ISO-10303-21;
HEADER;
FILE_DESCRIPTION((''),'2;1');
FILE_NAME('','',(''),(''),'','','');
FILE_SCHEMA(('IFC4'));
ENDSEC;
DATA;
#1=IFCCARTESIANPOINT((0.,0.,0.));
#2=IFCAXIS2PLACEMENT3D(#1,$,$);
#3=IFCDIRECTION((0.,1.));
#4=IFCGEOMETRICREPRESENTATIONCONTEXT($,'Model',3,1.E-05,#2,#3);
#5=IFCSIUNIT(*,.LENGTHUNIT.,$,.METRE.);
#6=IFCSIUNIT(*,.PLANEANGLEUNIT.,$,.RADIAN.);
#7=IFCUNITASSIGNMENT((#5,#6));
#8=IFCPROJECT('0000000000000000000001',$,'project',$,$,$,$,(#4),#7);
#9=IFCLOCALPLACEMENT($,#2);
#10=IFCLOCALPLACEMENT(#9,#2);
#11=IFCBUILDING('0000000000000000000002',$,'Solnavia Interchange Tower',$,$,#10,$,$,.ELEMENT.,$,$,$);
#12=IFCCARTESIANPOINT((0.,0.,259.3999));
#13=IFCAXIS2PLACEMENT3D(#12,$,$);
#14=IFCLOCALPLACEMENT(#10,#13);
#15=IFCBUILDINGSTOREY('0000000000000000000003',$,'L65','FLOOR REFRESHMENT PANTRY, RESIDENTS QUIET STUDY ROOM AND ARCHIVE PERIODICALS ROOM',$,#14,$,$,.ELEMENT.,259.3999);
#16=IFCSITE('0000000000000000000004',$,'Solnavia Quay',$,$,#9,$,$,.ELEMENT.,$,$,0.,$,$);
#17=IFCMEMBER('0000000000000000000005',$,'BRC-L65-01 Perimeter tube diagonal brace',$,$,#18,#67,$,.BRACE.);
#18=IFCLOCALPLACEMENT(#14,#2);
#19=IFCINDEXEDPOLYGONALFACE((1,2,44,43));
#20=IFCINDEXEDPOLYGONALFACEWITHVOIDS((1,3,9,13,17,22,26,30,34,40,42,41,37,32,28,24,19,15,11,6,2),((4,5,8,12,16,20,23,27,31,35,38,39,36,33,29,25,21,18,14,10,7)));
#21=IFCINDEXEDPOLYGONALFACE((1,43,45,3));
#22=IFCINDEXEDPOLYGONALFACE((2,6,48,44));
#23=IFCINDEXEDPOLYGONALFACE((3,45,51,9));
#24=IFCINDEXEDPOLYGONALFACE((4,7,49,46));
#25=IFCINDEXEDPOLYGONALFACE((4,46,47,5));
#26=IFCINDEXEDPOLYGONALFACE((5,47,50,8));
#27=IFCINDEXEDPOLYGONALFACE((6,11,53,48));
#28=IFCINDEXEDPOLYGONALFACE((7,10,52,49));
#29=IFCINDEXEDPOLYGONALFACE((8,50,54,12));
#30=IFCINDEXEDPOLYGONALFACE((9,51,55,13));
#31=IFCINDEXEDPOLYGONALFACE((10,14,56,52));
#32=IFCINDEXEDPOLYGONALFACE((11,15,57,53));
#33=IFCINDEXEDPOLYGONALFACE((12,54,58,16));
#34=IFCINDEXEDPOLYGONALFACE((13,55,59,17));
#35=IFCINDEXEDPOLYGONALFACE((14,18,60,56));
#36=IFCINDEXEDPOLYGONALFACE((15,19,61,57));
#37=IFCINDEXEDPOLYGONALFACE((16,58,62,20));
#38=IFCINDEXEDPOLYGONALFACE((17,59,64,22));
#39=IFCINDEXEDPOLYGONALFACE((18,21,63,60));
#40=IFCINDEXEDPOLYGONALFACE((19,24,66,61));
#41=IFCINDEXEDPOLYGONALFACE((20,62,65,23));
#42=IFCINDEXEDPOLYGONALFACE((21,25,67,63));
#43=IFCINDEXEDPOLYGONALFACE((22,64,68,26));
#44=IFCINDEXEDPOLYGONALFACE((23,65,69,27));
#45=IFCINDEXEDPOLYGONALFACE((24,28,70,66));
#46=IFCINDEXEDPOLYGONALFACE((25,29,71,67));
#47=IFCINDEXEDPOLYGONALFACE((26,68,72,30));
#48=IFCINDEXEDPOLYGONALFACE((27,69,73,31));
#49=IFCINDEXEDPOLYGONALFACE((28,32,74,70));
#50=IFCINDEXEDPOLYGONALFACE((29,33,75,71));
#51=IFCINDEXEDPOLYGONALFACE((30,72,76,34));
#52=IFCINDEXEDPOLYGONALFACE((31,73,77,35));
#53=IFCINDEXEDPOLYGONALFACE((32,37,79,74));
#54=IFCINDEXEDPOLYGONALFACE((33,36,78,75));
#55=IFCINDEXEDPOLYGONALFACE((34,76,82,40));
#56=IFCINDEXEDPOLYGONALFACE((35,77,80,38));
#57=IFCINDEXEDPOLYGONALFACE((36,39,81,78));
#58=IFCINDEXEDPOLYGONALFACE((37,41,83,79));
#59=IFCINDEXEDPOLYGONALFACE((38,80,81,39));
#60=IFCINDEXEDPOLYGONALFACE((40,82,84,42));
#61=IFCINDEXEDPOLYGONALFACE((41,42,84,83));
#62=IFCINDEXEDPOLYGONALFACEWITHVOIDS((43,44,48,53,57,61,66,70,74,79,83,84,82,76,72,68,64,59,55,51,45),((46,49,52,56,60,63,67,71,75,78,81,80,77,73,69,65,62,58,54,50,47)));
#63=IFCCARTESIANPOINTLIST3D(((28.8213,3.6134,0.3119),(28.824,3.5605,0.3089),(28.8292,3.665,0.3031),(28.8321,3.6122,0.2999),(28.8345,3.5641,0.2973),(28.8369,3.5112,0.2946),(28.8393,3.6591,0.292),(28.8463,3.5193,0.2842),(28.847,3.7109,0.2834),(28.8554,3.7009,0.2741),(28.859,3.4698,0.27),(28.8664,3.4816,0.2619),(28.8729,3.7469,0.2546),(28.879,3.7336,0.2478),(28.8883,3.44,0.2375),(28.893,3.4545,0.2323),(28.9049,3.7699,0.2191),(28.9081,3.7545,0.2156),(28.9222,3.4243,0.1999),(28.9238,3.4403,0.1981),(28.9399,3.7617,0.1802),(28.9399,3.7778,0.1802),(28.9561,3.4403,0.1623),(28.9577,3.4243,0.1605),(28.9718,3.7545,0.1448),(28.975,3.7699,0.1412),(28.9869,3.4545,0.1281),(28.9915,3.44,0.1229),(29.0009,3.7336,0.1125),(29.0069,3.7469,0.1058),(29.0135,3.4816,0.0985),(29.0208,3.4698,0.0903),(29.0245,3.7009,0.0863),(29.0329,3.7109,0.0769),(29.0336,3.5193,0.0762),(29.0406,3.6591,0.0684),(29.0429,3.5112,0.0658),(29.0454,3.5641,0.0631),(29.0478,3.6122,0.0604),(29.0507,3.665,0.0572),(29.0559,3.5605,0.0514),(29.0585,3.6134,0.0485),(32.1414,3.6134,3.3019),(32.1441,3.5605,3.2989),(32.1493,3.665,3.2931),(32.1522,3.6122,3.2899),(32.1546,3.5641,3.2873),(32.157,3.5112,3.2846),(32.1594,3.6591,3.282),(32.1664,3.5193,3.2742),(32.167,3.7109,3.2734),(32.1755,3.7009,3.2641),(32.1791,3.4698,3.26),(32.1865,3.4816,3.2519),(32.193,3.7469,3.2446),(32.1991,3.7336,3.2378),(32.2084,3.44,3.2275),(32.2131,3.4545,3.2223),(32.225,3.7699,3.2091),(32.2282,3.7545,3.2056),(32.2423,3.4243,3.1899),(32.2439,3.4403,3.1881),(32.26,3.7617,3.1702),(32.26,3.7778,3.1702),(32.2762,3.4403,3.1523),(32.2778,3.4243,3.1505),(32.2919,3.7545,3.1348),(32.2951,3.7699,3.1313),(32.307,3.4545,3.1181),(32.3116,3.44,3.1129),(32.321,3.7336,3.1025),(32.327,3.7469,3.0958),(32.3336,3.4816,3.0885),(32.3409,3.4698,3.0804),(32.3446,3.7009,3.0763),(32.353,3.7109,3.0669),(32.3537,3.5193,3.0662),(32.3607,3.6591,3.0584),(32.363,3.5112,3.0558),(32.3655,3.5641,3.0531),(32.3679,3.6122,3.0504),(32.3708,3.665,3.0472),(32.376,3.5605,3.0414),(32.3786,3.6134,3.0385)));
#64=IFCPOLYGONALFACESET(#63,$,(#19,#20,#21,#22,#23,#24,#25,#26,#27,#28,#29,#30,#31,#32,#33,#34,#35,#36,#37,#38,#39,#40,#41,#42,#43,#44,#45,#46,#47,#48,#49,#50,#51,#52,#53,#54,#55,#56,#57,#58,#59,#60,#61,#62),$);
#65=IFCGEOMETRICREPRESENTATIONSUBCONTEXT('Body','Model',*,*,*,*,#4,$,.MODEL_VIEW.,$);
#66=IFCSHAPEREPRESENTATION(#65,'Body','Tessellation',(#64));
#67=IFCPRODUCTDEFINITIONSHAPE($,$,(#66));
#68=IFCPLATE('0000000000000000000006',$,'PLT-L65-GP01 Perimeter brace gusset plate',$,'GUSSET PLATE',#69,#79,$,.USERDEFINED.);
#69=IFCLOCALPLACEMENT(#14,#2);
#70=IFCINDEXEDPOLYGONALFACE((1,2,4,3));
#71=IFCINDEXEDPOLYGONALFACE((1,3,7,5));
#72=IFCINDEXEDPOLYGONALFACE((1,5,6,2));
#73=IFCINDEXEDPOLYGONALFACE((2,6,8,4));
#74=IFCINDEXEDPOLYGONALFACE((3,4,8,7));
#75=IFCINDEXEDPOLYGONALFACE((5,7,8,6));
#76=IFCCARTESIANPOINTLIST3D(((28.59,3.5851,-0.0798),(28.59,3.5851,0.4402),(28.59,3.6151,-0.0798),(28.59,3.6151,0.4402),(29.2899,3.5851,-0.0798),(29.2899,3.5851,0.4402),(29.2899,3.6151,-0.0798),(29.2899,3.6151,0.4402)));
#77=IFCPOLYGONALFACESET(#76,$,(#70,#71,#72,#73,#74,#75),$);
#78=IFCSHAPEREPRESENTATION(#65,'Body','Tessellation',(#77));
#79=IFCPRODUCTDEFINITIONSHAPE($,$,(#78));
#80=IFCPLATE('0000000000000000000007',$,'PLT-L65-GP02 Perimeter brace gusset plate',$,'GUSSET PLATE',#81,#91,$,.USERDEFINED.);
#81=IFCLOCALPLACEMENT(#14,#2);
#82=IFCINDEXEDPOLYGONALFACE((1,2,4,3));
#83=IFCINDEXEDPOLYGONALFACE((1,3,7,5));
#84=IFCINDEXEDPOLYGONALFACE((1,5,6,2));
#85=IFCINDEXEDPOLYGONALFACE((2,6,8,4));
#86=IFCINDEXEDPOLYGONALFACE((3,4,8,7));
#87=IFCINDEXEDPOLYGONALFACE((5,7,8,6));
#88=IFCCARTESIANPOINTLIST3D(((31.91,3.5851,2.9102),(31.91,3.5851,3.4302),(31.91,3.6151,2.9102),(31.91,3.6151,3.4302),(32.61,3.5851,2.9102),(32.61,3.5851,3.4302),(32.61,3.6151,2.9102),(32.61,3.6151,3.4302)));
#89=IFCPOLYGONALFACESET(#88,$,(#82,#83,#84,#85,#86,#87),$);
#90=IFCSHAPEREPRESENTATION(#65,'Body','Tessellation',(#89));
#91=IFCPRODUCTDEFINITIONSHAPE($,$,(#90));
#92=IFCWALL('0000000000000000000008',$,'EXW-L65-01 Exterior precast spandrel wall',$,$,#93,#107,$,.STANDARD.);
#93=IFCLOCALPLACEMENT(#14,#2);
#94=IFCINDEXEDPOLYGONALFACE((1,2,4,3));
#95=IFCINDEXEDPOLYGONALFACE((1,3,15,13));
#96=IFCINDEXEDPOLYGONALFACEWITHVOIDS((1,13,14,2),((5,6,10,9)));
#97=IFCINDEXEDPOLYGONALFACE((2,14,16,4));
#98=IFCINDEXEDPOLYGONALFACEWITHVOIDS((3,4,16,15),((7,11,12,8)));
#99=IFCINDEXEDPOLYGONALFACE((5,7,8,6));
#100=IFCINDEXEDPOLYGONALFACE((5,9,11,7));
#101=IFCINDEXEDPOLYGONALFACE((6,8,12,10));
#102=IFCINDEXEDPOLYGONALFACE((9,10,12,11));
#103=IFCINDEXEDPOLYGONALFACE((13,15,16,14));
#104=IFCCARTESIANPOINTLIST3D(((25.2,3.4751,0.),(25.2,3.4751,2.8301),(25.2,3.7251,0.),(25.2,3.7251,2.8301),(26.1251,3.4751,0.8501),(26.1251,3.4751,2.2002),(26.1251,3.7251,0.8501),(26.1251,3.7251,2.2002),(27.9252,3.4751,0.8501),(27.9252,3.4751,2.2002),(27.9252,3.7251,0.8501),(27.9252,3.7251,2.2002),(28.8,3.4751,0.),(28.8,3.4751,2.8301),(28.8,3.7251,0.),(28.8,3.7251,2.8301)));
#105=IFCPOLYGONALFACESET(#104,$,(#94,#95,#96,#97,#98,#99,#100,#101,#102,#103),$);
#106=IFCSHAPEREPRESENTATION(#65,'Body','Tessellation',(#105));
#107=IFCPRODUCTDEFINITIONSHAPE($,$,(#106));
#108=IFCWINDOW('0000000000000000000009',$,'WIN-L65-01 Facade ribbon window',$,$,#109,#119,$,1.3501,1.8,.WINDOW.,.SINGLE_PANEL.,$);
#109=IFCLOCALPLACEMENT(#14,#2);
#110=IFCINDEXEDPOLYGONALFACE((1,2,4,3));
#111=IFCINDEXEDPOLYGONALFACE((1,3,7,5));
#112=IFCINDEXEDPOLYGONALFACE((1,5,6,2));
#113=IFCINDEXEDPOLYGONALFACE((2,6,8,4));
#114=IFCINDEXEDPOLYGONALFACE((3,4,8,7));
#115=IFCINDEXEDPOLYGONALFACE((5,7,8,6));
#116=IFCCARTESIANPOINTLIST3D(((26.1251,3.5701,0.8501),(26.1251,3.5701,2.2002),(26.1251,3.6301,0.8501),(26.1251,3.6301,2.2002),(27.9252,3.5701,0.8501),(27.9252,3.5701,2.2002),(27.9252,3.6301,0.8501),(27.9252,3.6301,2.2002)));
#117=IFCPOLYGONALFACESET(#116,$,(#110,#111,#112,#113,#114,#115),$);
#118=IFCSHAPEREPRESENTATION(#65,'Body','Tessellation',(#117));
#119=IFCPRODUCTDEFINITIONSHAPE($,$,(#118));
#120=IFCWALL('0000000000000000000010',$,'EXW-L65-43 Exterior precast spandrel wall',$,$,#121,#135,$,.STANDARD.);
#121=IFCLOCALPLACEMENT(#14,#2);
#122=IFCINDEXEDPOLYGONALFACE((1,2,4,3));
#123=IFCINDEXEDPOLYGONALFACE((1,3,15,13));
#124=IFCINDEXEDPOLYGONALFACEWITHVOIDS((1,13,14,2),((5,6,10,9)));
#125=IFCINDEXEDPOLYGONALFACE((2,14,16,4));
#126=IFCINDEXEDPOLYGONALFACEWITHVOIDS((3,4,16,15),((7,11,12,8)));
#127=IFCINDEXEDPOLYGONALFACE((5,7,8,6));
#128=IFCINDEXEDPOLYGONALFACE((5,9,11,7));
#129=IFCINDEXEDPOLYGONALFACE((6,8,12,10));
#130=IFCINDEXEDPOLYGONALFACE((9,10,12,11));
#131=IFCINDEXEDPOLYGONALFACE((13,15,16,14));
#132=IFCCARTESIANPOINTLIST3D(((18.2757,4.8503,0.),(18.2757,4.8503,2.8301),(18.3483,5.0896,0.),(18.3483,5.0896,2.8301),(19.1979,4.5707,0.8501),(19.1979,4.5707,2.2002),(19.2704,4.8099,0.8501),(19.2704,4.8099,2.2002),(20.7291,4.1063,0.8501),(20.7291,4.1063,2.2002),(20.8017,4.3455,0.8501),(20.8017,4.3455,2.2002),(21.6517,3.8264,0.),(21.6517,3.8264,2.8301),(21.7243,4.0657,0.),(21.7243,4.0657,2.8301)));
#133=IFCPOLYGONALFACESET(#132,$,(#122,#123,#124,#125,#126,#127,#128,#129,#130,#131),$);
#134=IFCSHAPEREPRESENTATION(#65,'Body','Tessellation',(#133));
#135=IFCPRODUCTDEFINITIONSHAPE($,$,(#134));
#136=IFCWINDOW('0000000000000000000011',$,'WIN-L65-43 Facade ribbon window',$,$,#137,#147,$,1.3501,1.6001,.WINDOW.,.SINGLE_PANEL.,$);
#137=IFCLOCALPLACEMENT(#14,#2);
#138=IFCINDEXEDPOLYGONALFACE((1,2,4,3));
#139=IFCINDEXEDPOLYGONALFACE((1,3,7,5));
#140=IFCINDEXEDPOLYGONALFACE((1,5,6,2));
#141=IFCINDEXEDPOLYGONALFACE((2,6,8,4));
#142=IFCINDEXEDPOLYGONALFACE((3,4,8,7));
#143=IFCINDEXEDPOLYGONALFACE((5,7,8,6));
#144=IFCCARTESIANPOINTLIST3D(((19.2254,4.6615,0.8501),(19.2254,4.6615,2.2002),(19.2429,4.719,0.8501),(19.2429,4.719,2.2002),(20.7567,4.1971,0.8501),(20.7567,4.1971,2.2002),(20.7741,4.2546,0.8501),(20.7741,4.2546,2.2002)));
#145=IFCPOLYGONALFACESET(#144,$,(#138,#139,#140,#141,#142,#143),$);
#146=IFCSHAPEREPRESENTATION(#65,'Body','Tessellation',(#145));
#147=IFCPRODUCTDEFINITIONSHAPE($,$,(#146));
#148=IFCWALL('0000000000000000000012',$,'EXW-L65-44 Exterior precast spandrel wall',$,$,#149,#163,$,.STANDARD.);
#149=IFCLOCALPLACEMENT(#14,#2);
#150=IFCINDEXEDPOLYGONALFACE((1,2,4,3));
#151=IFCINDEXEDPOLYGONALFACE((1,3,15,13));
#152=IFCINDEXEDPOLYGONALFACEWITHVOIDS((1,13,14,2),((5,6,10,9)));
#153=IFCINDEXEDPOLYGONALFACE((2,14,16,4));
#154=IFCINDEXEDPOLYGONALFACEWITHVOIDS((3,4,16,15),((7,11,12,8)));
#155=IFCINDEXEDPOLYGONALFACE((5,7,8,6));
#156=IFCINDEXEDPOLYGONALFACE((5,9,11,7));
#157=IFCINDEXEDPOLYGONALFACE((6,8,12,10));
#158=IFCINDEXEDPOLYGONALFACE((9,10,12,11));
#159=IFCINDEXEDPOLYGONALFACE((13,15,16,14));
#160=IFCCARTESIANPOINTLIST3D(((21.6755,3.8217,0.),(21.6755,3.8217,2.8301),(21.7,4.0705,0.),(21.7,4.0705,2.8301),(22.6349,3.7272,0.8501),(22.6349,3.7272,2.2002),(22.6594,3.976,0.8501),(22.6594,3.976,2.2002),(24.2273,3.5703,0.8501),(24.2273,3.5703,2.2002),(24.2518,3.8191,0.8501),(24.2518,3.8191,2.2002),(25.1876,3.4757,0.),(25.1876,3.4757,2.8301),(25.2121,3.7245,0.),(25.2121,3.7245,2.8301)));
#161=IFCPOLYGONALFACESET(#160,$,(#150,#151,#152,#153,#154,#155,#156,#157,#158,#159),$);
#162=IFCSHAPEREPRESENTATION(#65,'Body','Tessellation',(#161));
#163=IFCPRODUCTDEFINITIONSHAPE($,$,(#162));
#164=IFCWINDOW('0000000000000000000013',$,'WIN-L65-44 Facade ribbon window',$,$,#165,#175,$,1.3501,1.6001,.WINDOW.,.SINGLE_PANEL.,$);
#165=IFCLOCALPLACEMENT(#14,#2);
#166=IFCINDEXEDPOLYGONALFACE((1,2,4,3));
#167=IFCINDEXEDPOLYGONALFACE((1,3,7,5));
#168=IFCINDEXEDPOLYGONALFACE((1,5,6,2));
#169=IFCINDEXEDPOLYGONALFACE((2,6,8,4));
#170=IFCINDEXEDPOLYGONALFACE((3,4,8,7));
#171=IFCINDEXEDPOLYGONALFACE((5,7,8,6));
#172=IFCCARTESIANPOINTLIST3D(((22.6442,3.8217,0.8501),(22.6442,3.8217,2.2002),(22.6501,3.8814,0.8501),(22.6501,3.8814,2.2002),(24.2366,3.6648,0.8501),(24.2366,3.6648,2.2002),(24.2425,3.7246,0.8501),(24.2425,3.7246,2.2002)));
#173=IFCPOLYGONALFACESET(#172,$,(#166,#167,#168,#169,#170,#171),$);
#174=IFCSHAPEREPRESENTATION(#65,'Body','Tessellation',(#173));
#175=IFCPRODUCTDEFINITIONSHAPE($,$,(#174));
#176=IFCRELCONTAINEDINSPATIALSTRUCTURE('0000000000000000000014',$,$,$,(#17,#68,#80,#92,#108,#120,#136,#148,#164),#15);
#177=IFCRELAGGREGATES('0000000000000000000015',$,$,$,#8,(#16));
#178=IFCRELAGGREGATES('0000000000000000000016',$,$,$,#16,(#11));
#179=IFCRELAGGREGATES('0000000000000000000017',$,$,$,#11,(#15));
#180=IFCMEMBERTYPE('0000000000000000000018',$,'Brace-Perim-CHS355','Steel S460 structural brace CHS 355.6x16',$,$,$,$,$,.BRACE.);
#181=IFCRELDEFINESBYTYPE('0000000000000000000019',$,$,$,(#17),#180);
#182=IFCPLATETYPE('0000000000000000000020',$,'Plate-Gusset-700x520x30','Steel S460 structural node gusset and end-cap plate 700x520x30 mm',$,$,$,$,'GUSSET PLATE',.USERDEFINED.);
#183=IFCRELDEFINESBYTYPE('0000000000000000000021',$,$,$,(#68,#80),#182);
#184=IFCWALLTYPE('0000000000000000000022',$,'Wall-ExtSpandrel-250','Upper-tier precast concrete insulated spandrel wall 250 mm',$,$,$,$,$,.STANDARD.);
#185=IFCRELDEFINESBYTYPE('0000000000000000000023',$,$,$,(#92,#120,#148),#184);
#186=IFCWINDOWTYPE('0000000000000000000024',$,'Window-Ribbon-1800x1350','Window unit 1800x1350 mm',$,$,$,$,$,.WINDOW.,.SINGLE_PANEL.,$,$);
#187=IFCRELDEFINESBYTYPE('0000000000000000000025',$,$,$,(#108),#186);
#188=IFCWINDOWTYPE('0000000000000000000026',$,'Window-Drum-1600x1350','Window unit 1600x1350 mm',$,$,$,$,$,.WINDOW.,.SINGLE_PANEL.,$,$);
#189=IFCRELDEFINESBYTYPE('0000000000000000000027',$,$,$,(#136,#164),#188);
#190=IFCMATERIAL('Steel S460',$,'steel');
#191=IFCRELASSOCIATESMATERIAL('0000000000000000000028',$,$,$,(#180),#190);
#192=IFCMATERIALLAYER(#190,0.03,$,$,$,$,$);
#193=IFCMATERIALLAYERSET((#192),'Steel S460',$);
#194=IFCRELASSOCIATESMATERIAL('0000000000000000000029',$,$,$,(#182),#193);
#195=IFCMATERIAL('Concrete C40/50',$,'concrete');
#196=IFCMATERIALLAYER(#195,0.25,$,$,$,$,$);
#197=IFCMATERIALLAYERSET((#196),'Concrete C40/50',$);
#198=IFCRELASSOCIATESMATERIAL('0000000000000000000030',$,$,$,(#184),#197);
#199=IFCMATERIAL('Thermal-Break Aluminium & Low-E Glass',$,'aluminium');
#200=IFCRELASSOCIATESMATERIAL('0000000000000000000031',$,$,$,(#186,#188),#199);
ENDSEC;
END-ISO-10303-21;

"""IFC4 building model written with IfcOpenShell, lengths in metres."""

from ifc_helpers import new_model, si_unit, direction, frame, frame_2d, origin, origin_2d, place, context, subcontext, project, spatial, rectangle, hollow_circle, extrude, material, layer, layer_set, material_profile, profile_set, type_object, element, fill, save


model = new_model("IFC4")

# Units and contexts
model_context = context("Model", 3, precision=1e-05, world=origin(), true_north=direction((0.0, 1.0)))
body_context = subcontext(model_context, "Body", "Model", "MODEL_VIEW")
ifc_project = project(units=[si_unit("LENGTHUNIT", "METRE"), si_unit("PLANEANGLEUNIT", "RADIAN")], contexts=[model_context])

# Site, building, storey
site_placement = place(None, origin())
site = spatial("IfcSite", under=ifc_project, at=site_placement, Name="Solnavia Quay", CompositionType="ELEMENT", RefElevation=0.0)
building_placement = place(site_placement, origin())
building = spatial("IfcBuilding", under=site, at=building_placement, Name="Solnavia Interchange Tower", CompositionType="ELEMENT")
storey_placement = place(building_placement, frame((0.0, 0.0, 259.3999)))
storey = spatial("IfcBuildingStorey", under=building, at=storey_placement, Name="L65", Description="FLOOR REFRESHMENT PANTRY, RESIDENTS QUIET STUDY ROOM AND ARCHIVE PERIODICALS ROOM", CompositionType="ELEMENT", Elevation=259.3999)

# Member
ifc_material_1 = material(Name="Steel S460", Category="steel")
ifc_material_profile_1 = material_profile(ifc_material_1, hollow_circle(Radius=0.1777, WallThickness=0.0161, at=origin_2d()), Name="CHS 355.6x16")
ifc_profile_set_1 = profile_set([ifc_material_profile_1], Name="Steel S460")
member_type = type_object("IfcMemberType", Name="Brace-Perim-CHS355", Description="Steel S460 structural brace CHS 355.6x16", PredefinedType="BRACE", material=ifc_profile_set_1)
member_placement = place(storey_placement, frame((28.9399, 3.6001, 0.1802), z_axis=(0.743079, 0.0, 0.669203), x_axis=(0.0, 1.0, 0.0)))
element("IfcMember", 1, at=member_placement, inside=storey, type_object=member_type, Name="BRC-L65-01 Perimeter tube diagonal brace", PredefinedType="BRACE", context=body_context, shape_type="SweptSolid", body=[
    extrude(hollow_circle(Radius=0.1777, WallThickness=0.0161, at=origin_2d()), origin(), (0.0, 0.0, 1.0), 4.468),
])

# Plates
ifc_layer_1 = layer(ifc_material_1, 0.03)
ifc_layer_set_1 = layer_set([ifc_layer_1], Name="Steel S460")
plate_type = type_object("IfcPlateType", Name="Plate-Gusset-700x520x30", Description="Steel S460 structural node gusset and end-cap plate 700x520x30 mm", ElementType="GUSSET PLATE", PredefinedType="USERDEFINED", material=ifc_layer_set_1)
for number, where, z_axis, x_axis, name in (
    (2, (28.9399, 3.6001, -0.0798), (0.0, 0.0, 1.0), (1.0, 0.0, 0.0), "PLT-L65-GP01 Perimeter brace gusset plate"),
    (3, (32.26, 3.6001, 2.9102), (0.0, 0.0, 1.0), (1.0, 0.0, 0.0), "PLT-L65-GP02 Perimeter brace gusset plate"),
):
    element("IfcPlate", number, at=place(storey_placement, frame(where, z_axis=z_axis, x_axis=x_axis)), inside=storey, type_object=plate_type, Name=name, ObjectType="GUSSET PLATE", PredefinedType="USERDEFINED", context=body_context, shape_type="SweptSolid", body=[
        extrude(rectangle(XDim=0.7, YDim=0.03, at=origin_2d()), origin(), (0.0, 0.0, 1.0), 0.52),
    ])

# Walls, openings, windows
ifc_material_2 = material(Name="Concrete C40/50", Category="concrete")
ifc_layer_2 = layer(ifc_material_2, 0.25)
ifc_layer_set_2 = layer_set([ifc_layer_2], Name="Concrete C40/50")
wall_type_1 = type_object("IfcWallType", Name="Wall-ExtSpandrel-250", Description="Upper-tier precast concrete insulated spandrel wall 250 mm", PredefinedType="STANDARD", material=ifc_layer_set_2)
wall_1_placement = place(storey_placement, frame((28.8, 3.6001, 0.0), z_axis=(0.0, 0.0, 1.0), x_axis=(-1.0, 0.0, 0.0)))
wall_1 = element("IfcWall", 4, at=wall_1_placement, inside=storey, type_object=wall_type_1, Name="EXW-L65-01 Exterior precast spandrel wall", PredefinedType="STANDARD", context=body_context, shape_type="SweptSolid", body=[
    extrude(rectangle(XDim=3.6001, YDim=0.25, at=frame_2d((1.8, 0.0))), origin(), (0.0, 0.0, 1.0), 2.8301),
])
opening_1_placement = place(wall_1_placement, frame((0.875, 0.0, 0.8501)))
opening_1 = element("IfcOpeningElement", 5, at=opening_1_placement, cuts=wall_1, PredefinedType="OPENING", context=body_context, shape_type="SweptSolid", body=[
    extrude(rectangle(XDim=1.8, YDim=1.3501, at=frame_2d((0.8999, 0.675))), frame((0.0, 0.135, 0.0), z_axis=(0.0, -1.0, 0.0), x_axis=(1.0, 0.0, 0.0)), (0.0, 0.0, 1.0), 0.27),
])
ifc_material_3 = material(Name="Thermal-Break Aluminium & Low-E Glass", Category="aluminium")
window_type_1 = type_object("IfcWindowType", Name="Window-Ribbon-1800x1350", Description="Window unit 1800x1350 mm", PartitioningType="SINGLE_PANEL", PredefinedType="WINDOW", material=ifc_material_3)
window_1_placement = place(opening_1_placement, origin())
window_1 = element("IfcWindow", 6, at=window_1_placement, inside=storey, type_object=window_type_1, Name="WIN-L65-01 Facade ribbon window", OverallHeight=1.3501, OverallWidth=1.8, PartitioningType="SINGLE_PANEL", PredefinedType="WINDOW", context=body_context, shape_type="SweptSolid", body=[
    extrude(rectangle(XDim=1.8, YDim=1.3501, at=frame_2d((0.8999, 0.675))), frame((0.0, 0.03, 0.0), z_axis=(0.0, -1.0, 0.0), x_axis=(1.0, 0.0, 0.0)), (0.0, 0.0, 1.0), 0.0601),
])
fill(opening_1, window_1)
wall_2_placement = place(storey_placement, frame((21.688, 3.946, 0.0), z_axis=(0.0, 0.0, 1.0), x_axis=(-0.956953, 0.290242, 0.0)))
wall_2 = element("IfcWall", 7, at=wall_2_placement, inside=storey, type_object=wall_type_1, Name="EXW-L65-43 Exterior precast spandrel wall", PredefinedType="STANDARD", context=body_context, shape_type="SweptSolid", body=[
    extrude(rectangle(XDim=3.5278, YDim=0.25, at=frame_2d((1.7639, 0.0))), origin(), (0.0, 0.0, 1.0), 2.8301),
])
opening_2_placement = place(wall_2_placement, frame((0.9641, 0.0, 0.8501)))
opening_2 = element("IfcOpeningElement", 8, at=opening_2_placement, cuts=wall_2, PredefinedType="OPENING", context=body_context, shape_type="SweptSolid", body=[
    extrude(rectangle(XDim=1.6001, YDim=1.3501, at=frame_2d((0.8, 0.675))), frame((0.0, 0.135, 0.0), z_axis=(0.0, -1.0, 0.0), x_axis=(1.0, 0.0, 0.0)), (0.0, 0.0, 1.0), 0.27),
])
window_type_2 = type_object("IfcWindowType", Name="Window-Drum-1600x1350", Description="Window unit 1600x1350 mm", PartitioningType="SINGLE_PANEL", PredefinedType="WINDOW", material=ifc_material_3)
window_2_placement = place(opening_2_placement, origin())
window_2 = element("IfcWindow", 9, at=window_2_placement, inside=storey, type_object=window_type_2, Name="WIN-L65-43 Facade ribbon window", OverallHeight=1.3501, OverallWidth=1.6001, PartitioningType="SINGLE_PANEL", PredefinedType="WINDOW", context=body_context, shape_type="SweptSolid", body=[
    extrude(rectangle(XDim=1.6001, YDim=1.3501, at=frame_2d((0.8, 0.675))), frame((0.0, 0.03, 0.0), z_axis=(0.0, -1.0, 0.0), x_axis=(1.0, 0.0, 0.0)), (0.0, 0.0, 1.0), 0.0601),
])
fill(opening_2, window_2)
wall_3_placement = place(storey_placement, frame((25.2, 3.6001, 0.0), z_axis=(0.0, 0.0, 1.0), x_axis=(-0.995183, 0.098031, 0.0)))
wall_3 = element("IfcWall", 10, at=wall_3_placement, inside=storey, type_object=wall_type_1, Name="EXW-L65-44 Exterior precast spandrel wall", PredefinedType="STANDARD", context=body_context, shape_type="SweptSolid", body=[
    extrude(rectangle(XDim=3.5291, YDim=0.25, at=frame_2d((1.7646, 0.0))), origin(), (0.0, 0.0, 1.0), 2.8301),
])
opening_3_placement = place(wall_3_placement, frame((0.9651, 0.0, 0.8501)))
opening_3 = element("IfcOpeningElement", 11, at=opening_3_placement, cuts=wall_3, PredefinedType="OPENING", context=body_context, shape_type="SweptSolid", body=[
    extrude(rectangle(XDim=1.6001, YDim=1.3501, at=frame_2d((0.8, 0.675))), frame((0.0, 0.135, 0.0), z_axis=(0.0, -1.0, 0.0), x_axis=(1.0, 0.0, 0.0)), (0.0, 0.0, 1.0), 0.27),
])
window_3_placement = place(opening_3_placement, origin())
window_3 = element("IfcWindow", 12, at=window_3_placement, inside=storey, type_object=window_type_2, Name="WIN-L65-44 Facade ribbon window", OverallHeight=1.3501, OverallWidth=1.6001, PartitioningType="SINGLE_PANEL", PredefinedType="WINDOW", context=body_context, shape_type="SweptSolid", body=[
    extrude(rectangle(XDim=1.6001, YDim=1.3501, at=frame_2d((0.8, 0.675))), frame((0.0, 0.03, 0.0), z_axis=(0.0, -1.0, 0.0), x_axis=(1.0, 0.0, 0.0)), (0.0, 0.0, 1.0), 0.0601),
])
fill(opening_3, window_3)

save(model, "model.ifc")
